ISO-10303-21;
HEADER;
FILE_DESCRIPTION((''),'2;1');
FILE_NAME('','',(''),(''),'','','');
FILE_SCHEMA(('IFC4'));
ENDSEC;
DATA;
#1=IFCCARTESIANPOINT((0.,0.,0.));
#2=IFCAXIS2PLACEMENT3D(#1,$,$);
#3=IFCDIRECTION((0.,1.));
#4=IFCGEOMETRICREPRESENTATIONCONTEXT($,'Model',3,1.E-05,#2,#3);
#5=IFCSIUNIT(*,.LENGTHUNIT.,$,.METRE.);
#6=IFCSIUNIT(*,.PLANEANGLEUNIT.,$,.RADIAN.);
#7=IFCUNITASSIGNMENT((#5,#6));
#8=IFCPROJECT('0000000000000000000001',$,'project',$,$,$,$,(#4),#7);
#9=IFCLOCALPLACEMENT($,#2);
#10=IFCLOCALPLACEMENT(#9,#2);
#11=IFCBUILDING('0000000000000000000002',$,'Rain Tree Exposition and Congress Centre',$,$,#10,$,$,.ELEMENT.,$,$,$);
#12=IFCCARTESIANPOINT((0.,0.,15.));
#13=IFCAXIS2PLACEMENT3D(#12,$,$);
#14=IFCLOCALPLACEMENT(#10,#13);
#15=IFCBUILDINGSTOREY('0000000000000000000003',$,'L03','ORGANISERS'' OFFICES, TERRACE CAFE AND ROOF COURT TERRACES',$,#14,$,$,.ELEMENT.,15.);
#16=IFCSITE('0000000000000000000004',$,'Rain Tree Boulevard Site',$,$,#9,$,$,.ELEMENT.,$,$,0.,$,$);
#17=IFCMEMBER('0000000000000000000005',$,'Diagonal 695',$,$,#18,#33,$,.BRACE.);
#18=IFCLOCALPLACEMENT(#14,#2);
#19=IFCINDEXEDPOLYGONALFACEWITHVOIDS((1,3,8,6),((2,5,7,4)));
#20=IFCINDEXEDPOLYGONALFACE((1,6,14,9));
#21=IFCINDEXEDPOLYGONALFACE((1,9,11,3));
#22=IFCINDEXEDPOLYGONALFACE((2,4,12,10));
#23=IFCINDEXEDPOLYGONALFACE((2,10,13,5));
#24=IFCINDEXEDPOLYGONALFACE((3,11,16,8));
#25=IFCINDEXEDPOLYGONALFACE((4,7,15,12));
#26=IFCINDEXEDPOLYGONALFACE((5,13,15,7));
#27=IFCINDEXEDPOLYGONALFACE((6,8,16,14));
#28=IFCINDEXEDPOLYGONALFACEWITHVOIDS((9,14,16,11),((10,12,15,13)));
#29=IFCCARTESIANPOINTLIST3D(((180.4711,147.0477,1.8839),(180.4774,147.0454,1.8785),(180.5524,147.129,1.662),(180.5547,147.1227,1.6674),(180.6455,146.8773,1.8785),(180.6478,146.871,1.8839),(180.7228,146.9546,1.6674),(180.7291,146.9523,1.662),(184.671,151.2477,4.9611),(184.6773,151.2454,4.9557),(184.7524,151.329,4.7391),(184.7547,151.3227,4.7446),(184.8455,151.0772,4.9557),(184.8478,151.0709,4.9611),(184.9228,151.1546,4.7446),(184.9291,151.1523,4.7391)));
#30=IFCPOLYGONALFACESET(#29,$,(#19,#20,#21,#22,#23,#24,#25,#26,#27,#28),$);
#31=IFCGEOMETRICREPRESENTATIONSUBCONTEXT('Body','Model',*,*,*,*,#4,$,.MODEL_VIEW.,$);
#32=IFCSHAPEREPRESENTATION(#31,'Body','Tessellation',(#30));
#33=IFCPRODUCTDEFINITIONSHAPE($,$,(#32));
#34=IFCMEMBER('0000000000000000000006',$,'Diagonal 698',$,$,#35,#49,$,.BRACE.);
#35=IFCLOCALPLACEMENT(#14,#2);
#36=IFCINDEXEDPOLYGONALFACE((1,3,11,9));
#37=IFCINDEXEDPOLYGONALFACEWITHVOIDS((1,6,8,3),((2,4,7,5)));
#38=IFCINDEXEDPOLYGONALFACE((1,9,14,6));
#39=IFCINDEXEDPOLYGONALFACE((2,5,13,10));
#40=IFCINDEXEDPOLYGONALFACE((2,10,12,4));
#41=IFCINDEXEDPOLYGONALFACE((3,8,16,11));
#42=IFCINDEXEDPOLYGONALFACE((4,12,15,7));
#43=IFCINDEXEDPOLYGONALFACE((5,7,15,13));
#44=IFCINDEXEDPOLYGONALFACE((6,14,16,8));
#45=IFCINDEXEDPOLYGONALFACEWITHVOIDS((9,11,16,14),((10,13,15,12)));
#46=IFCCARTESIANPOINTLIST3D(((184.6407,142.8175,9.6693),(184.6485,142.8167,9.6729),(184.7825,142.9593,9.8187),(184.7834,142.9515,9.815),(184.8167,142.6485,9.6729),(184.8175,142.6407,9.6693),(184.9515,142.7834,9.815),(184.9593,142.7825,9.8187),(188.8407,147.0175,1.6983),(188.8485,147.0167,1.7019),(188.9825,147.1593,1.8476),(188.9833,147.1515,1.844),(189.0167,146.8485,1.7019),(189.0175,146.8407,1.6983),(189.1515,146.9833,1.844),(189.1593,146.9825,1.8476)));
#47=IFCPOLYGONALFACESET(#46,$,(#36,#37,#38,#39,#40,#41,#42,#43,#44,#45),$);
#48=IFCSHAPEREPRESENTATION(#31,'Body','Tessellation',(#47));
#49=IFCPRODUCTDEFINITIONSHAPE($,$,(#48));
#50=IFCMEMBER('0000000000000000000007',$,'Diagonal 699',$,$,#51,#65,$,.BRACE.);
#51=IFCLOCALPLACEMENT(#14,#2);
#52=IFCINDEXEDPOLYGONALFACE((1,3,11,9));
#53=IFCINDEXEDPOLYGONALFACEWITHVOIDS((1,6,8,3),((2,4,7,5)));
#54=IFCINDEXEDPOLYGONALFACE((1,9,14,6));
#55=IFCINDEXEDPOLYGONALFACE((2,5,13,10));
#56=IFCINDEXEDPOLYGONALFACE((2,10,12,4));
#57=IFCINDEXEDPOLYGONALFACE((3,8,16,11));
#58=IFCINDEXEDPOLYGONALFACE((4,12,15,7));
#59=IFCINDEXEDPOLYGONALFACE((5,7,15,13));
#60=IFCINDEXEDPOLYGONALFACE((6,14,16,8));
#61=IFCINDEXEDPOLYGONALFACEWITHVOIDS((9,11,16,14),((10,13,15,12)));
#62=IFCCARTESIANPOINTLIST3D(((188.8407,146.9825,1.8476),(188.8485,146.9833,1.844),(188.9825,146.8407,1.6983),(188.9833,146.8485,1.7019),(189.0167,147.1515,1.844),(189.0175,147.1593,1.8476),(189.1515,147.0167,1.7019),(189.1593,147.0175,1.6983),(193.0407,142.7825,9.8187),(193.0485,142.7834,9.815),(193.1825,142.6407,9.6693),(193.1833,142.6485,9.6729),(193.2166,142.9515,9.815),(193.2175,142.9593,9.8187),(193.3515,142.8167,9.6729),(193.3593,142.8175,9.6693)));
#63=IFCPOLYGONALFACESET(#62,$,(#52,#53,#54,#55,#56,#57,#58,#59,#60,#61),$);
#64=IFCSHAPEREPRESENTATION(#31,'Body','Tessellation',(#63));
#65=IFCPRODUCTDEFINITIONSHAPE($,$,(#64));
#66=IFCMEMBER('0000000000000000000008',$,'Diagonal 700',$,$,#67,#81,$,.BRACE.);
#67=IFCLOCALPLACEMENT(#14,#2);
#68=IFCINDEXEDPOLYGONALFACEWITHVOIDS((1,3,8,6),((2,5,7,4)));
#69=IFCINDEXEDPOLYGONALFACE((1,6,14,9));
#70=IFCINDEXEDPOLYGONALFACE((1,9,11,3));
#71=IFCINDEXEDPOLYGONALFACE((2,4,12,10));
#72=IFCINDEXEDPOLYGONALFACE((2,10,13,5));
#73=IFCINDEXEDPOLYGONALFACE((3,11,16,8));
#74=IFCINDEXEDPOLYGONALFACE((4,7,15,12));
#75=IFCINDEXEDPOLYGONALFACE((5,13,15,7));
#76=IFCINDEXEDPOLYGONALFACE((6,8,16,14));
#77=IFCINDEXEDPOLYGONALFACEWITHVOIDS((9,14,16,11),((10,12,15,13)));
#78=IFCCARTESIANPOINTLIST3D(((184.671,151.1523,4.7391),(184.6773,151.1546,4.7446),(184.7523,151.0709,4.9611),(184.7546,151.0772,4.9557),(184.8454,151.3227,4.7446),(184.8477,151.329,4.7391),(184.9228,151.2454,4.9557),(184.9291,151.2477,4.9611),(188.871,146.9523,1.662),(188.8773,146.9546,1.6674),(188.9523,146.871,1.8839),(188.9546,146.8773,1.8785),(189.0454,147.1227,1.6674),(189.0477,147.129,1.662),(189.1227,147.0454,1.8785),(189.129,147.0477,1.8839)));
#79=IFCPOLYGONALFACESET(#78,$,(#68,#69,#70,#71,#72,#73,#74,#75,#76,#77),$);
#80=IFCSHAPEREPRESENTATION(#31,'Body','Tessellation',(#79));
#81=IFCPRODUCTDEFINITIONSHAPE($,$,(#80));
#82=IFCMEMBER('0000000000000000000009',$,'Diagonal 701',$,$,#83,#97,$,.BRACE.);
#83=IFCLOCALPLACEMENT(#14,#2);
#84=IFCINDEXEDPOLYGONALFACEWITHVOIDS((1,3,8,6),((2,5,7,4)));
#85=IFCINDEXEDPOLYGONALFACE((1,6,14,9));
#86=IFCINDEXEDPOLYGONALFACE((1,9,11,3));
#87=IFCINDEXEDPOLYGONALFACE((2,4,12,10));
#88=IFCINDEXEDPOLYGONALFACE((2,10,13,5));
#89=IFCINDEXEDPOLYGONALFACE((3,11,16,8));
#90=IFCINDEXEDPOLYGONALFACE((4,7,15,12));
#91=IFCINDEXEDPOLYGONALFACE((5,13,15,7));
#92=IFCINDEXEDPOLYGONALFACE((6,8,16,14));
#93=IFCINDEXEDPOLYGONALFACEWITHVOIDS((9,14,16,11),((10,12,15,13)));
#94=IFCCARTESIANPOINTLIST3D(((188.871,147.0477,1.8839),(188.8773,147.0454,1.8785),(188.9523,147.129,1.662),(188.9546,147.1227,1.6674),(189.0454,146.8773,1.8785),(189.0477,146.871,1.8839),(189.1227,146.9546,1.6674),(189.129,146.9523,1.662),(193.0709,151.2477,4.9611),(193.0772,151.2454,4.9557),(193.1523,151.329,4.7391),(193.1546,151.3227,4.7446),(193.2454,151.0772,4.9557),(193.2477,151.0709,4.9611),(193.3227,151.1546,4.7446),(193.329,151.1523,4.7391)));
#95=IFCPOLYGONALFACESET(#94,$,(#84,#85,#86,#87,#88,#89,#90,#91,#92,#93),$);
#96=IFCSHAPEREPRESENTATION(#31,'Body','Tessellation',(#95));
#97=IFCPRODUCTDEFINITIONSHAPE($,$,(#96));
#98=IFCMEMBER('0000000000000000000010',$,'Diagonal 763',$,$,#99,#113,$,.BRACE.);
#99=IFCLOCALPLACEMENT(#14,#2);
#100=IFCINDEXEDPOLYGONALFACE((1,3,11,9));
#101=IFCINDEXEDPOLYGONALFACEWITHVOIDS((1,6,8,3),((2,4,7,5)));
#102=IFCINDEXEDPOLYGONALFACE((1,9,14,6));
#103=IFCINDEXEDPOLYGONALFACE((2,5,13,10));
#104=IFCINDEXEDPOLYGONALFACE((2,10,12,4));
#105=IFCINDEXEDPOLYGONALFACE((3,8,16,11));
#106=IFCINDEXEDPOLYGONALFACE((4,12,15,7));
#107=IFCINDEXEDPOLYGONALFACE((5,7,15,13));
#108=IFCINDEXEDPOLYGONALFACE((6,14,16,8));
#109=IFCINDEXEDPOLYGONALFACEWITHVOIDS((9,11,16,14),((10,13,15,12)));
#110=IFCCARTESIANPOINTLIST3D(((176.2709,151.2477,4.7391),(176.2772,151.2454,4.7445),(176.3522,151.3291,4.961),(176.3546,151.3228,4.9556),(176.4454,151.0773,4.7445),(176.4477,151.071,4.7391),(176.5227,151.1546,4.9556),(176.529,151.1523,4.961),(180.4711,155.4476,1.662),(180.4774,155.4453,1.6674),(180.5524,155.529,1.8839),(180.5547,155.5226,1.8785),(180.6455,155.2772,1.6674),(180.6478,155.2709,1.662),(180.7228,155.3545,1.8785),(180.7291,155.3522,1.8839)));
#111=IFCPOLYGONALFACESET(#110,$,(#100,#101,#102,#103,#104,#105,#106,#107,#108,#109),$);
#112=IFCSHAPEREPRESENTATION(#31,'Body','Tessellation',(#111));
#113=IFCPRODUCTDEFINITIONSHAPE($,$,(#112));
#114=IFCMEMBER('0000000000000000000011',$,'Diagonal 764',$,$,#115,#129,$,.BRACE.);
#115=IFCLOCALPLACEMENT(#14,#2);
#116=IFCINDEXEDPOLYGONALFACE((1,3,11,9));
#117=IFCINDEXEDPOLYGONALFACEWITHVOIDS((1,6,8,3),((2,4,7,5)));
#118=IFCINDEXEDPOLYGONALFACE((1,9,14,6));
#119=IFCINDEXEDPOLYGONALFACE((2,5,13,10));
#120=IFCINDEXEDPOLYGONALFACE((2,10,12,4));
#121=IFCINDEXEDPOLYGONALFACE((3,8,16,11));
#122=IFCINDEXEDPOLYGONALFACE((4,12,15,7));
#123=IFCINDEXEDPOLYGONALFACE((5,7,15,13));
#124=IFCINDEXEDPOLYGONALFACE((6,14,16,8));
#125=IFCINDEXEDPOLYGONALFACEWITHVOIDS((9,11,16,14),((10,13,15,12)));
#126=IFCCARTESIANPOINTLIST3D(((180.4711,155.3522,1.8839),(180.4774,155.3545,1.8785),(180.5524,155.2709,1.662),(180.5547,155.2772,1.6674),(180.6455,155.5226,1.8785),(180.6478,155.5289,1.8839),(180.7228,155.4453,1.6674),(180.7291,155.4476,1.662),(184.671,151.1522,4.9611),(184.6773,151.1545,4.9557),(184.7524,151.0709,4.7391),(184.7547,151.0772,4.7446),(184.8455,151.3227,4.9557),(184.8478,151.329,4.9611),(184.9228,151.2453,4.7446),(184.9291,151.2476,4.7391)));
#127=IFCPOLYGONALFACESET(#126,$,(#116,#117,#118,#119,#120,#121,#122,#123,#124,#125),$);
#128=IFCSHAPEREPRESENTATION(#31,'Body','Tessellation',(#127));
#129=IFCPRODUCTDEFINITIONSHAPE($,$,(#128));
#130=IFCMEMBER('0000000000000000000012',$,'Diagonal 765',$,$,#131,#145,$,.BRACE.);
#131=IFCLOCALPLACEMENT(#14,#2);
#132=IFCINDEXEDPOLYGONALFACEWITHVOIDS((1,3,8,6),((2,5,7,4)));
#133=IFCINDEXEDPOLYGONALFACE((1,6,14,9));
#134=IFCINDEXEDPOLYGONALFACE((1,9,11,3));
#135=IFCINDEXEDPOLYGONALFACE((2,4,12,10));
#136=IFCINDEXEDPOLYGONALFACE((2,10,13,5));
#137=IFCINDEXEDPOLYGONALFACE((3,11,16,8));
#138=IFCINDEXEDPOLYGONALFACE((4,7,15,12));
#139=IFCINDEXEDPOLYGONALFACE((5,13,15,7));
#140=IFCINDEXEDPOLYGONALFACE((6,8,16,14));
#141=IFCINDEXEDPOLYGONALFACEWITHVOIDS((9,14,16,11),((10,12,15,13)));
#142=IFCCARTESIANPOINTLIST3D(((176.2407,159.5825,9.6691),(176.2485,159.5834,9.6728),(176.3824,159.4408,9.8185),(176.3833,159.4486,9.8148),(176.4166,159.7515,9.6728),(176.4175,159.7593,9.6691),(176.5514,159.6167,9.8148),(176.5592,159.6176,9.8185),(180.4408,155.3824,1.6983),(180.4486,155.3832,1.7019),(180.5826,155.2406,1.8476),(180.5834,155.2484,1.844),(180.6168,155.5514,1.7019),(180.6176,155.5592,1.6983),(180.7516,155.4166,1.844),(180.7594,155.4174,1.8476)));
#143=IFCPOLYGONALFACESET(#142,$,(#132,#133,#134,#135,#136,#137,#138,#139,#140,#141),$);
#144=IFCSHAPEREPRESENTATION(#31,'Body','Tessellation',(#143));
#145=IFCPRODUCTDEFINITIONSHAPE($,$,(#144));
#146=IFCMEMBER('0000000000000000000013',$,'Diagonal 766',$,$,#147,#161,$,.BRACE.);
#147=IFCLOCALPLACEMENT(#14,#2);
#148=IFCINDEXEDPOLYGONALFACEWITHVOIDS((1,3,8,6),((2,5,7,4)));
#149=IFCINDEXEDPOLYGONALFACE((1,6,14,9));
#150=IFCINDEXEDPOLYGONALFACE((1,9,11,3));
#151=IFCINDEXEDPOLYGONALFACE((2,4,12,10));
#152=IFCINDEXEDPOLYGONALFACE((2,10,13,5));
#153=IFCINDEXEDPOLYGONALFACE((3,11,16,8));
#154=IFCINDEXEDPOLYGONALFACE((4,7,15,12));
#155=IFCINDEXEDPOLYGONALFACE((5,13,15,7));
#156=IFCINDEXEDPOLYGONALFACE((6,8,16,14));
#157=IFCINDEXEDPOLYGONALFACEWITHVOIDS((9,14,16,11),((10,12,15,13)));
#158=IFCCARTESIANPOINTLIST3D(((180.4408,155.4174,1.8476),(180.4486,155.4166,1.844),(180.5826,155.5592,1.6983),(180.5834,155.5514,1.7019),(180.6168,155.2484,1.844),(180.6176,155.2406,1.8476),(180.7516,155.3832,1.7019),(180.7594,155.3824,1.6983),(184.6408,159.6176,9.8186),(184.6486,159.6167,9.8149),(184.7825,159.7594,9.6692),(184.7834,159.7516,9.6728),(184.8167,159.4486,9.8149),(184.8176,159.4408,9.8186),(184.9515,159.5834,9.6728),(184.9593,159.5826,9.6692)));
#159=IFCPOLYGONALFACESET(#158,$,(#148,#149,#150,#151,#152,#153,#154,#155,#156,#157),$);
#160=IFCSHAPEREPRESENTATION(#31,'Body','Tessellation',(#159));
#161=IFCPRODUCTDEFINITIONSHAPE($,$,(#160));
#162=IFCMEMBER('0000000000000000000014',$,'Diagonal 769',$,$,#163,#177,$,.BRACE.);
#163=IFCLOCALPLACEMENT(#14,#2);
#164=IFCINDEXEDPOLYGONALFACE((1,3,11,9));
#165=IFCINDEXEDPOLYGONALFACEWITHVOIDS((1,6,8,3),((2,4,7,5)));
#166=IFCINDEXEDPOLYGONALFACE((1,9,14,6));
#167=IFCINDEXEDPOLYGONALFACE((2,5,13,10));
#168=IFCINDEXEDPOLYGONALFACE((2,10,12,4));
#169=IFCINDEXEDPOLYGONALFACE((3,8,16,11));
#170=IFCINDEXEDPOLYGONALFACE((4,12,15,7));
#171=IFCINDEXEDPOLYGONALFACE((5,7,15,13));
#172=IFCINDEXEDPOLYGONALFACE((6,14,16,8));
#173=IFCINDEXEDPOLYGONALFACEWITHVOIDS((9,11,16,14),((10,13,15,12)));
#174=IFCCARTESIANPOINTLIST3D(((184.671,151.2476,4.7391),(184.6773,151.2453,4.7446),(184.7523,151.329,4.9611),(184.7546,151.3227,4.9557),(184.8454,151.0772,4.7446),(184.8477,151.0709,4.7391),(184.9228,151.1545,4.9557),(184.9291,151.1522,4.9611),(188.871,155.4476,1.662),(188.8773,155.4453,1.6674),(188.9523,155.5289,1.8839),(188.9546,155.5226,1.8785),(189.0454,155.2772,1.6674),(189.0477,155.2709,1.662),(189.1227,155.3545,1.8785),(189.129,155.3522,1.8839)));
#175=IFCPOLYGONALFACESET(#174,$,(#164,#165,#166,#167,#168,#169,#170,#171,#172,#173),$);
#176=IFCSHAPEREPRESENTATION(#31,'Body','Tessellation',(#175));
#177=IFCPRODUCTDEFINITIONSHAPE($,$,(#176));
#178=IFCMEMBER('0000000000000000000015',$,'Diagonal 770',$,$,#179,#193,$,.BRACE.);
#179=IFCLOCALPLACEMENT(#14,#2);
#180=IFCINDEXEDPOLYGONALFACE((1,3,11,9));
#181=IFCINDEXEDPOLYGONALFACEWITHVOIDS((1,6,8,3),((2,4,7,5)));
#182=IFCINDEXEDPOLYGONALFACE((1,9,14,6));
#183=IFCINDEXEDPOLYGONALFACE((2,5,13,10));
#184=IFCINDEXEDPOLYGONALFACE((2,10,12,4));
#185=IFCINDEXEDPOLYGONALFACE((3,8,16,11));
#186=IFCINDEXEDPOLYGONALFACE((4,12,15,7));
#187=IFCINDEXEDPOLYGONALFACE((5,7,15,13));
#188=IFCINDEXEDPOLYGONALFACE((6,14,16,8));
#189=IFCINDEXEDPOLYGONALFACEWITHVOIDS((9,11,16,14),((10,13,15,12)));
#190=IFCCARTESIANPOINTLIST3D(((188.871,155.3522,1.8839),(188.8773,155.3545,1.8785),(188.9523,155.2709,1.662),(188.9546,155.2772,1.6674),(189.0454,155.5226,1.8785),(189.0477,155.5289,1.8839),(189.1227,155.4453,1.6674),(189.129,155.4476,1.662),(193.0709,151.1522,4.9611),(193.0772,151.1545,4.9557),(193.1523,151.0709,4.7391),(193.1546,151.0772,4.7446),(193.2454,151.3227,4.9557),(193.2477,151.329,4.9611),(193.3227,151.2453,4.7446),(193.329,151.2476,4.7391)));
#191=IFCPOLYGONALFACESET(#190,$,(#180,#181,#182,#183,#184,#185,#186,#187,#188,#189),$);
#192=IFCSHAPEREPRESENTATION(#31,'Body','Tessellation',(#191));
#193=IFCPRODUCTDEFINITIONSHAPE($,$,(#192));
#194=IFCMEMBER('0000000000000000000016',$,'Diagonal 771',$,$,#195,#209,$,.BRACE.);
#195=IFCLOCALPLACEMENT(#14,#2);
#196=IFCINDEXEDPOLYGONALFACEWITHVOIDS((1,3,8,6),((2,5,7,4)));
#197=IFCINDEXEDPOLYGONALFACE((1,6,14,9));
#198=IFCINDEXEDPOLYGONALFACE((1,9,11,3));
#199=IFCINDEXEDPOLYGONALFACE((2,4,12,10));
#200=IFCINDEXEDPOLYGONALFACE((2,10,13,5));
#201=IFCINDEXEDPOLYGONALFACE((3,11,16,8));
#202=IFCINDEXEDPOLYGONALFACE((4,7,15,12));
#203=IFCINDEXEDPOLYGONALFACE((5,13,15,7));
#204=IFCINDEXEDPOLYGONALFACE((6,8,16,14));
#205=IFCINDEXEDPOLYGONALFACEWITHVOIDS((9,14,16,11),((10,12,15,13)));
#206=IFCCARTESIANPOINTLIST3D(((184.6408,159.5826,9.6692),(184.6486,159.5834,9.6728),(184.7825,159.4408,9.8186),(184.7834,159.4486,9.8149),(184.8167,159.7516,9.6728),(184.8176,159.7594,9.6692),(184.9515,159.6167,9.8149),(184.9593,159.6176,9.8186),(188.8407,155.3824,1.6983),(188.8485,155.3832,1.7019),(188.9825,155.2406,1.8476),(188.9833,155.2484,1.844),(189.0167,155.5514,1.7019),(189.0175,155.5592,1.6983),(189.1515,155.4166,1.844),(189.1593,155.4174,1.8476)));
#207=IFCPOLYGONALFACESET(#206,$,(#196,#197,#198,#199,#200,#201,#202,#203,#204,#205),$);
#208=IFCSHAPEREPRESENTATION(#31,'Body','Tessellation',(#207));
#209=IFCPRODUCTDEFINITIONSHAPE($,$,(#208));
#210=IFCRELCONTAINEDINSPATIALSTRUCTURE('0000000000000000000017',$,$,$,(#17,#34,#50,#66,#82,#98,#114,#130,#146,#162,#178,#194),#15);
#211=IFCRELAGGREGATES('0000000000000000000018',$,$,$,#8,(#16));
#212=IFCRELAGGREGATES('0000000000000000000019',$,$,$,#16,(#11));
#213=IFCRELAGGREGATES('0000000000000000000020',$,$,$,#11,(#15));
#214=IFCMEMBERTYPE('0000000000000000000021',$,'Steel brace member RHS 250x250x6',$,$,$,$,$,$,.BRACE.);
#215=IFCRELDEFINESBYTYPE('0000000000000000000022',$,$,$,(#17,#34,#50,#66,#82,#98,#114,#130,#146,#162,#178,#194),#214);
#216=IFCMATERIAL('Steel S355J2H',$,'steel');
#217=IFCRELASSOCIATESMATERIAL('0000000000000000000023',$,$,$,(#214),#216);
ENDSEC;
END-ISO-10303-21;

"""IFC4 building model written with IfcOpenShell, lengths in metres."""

from ifc_helpers import new_model, si_unit, direction, frame, origin, origin_2d, place, context, subcontext, project, spatial, hollow_rectangle, extrude, material, material_profile, profile_set, type_object, element, save


model = new_model("IFC4")

# Units and contexts
model_context = context("Model", 3, precision=1e-05, world=origin(), true_north=direction((0.0, 1.0)))
body_context = subcontext(model_context, "Body", "Model", "MODEL_VIEW")
ifc_project = project(units=[si_unit("LENGTHUNIT", "METRE"), si_unit("PLANEANGLEUNIT", "RADIAN")], contexts=[model_context])

# Site, building, storey
site_placement = place(None, origin())
site = spatial("IfcSite", under=ifc_project, at=site_placement, Name="Rain Tree Boulevard Site", CompositionType="ELEMENT", RefElevation=0.0)
building_placement = place(site_placement, origin())
building = spatial("IfcBuilding", under=site, at=building_placement, Name="Rain Tree Exposition and Congress Centre", CompositionType="ELEMENT")
storey_placement = place(building_placement, frame((0.0, 0.0, 15.0)))
storey = spatial("IfcBuildingStorey", under=building, at=storey_placement, Name="L03", Description="ORGANISERS' OFFICES, TERRACE CAFE AND ROOF COURT TERRACES", CompositionType="ELEMENT", Elevation=15.0)

# Members
ifc_material_1 = material(Name="Steel S355J2H", Category="steel")
ifc_material_profile_1 = material_profile(ifc_material_1, hollow_rectangle(XDim=0.25, YDim=0.25, WallThickness=0.0061, at=origin_2d()), Name="RHS 250x250x6")
ifc_profile_set_1 = profile_set([ifc_material_profile_1], Name="Steel S355J2H")
member_type_1 = type_object("IfcMemberType", Name="Steel brace member RHS 250x250x6", PredefinedType="BRACE", material=ifc_profile_set_1)
member_1_placement = place(storey_placement, frame((180.6001, 147.0, 1.7729), z_axis=(0.627852, 0.627852, 0.460004), x_axis=(-0.707107, 0.707107, 0.0)))
element("IfcMember", 1, at=member_1_placement, inside=storey, type_object=member_type_1, Name="Diagonal 695", PredefinedType="BRACE", context=body_context, shape_type="SweptSolid", body=[
    extrude(hollow_rectangle(XDim=0.25, YDim=0.25, WallThickness=0.0061, at=origin_2d()), origin(), (0.0, 0.0, 1.0), 6.6895),
])
for number, where, z_axis, x_axis, name in (
    (2, (189.0, 147.0, 1.7729), (-0.422506, -0.422506, 0.801859), (0.707107, -0.707107, 0.0), "Diagonal 698"),
    (3, (189.0, 147.0, 1.7729), (0.422506, -0.422506, 0.801859), (0.707107, 0.707107, 0.0), "Diagonal 699"),
):
    element("IfcMember", number, at=place(storey_placement, frame(where, z_axis=z_axis, x_axis=x_axis)), inside=storey, type_object=member_type_1, Name=name, PredefinedType="BRACE", context=body_context, shape_type="SweptSolid", body=[
        extrude(hollow_rectangle(XDim=0.25, YDim=0.25, WallThickness=0.0061, at=origin_2d()), origin(), (0.0, 0.0, 1.0), 9.9407),
    ])
for number, where, z_axis, x_axis, name in (
    (4, (189.0, 147.0, 1.7729), (-0.627852, 0.627852, 0.460004), (-0.707107, -0.707107, 0.0), "Diagonal 700"),
    (5, (189.0, 147.0, 1.7729), (0.627852, 0.627852, 0.460004), (-0.707107, 0.707107, 0.0), "Diagonal 701"),
    (6, (180.6001, 155.3999, 1.7729), (-0.627874, -0.627838, 0.459993), (0.707086, -0.707127, 0.0), "Diagonal 763"),
    (7, (180.6001, 155.3999, 1.7729), (0.627852, -0.627852, 0.460004), (0.707107, 0.707107, 0.0), "Diagonal 764"),
):
    element("IfcMember", number, at=place(storey_placement, frame(where, z_axis=z_axis, x_axis=x_axis)), inside=storey, type_object=member_type_1, Name=name, PredefinedType="BRACE", context=body_context, shape_type="SweptSolid", body=[
        extrude(hollow_rectangle(XDim=0.25, YDim=0.25, WallThickness=0.0061, at=origin_2d()), origin(), (0.0, 0.0, 1.0), 6.6895),
    ])
for number, where, z_axis, x_axis, name in (
    (8, (180.6001, 155.3999, 1.7729), (-0.422521, 0.422521, 0.801843), (-0.707107, -0.707107, 0.0), "Diagonal 765"),
    (9, (180.6001, 155.3999, 1.7729), (0.422501, 0.422526, 0.801851), (-0.707127, 0.707086, 0.0), "Diagonal 766"),
):
    element("IfcMember", number, at=place(storey_placement, frame(where, z_axis=z_axis, x_axis=x_axis)), inside=storey, type_object=member_type_1, Name=name, PredefinedType="BRACE", context=body_context, shape_type="SweptSolid", body=[
        extrude(hollow_rectangle(XDim=0.25, YDim=0.25, WallThickness=0.0061, at=origin_2d()), origin(), (0.0, 0.0, 1.0), 9.9407),
    ])
for number, where, z_axis, x_axis, name in (
    (10, (189.0, 155.3999, 1.7729), (-0.627852, -0.627852, 0.460004), (0.707107, -0.707107, 0.0), "Diagonal 769"),
    (11, (189.0, 155.3999, 1.7729), (0.627852, -0.627852, 0.460004), (0.707107, 0.707107, 0.0), "Diagonal 770"),
):
    element("IfcMember", number, at=place(storey_placement, frame(where, z_axis=z_axis, x_axis=x_axis)), inside=storey, type_object=member_type_1, Name=name, PredefinedType="BRACE", context=body_context, shape_type="SweptSolid", body=[
        extrude(hollow_rectangle(XDim=0.25, YDim=0.25, WallThickness=0.0061, at=origin_2d()), origin(), (0.0, 0.0, 1.0), 6.6895),
    ])
for number, where, z_axis, x_axis, name in (
    (12, (189.0, 155.3999, 1.7729), (-0.422501, 0.422526, 0.801851), (-0.707127, -0.707086, 0.0), "Diagonal 771"),
):
    element("IfcMember", number, at=place(storey_placement, frame(where, z_axis=z_axis, x_axis=x_axis)), inside=storey, type_object=member_type_1, Name=name, PredefinedType="BRACE", context=body_context, shape_type="SweptSolid", body=[
        extrude(hollow_rectangle(XDim=0.25, YDim=0.25, WallThickness=0.0061, at=origin_2d()), origin(), (0.0, 0.0, 1.0), 9.9407),
    ])

save(model, "model.ifc")
